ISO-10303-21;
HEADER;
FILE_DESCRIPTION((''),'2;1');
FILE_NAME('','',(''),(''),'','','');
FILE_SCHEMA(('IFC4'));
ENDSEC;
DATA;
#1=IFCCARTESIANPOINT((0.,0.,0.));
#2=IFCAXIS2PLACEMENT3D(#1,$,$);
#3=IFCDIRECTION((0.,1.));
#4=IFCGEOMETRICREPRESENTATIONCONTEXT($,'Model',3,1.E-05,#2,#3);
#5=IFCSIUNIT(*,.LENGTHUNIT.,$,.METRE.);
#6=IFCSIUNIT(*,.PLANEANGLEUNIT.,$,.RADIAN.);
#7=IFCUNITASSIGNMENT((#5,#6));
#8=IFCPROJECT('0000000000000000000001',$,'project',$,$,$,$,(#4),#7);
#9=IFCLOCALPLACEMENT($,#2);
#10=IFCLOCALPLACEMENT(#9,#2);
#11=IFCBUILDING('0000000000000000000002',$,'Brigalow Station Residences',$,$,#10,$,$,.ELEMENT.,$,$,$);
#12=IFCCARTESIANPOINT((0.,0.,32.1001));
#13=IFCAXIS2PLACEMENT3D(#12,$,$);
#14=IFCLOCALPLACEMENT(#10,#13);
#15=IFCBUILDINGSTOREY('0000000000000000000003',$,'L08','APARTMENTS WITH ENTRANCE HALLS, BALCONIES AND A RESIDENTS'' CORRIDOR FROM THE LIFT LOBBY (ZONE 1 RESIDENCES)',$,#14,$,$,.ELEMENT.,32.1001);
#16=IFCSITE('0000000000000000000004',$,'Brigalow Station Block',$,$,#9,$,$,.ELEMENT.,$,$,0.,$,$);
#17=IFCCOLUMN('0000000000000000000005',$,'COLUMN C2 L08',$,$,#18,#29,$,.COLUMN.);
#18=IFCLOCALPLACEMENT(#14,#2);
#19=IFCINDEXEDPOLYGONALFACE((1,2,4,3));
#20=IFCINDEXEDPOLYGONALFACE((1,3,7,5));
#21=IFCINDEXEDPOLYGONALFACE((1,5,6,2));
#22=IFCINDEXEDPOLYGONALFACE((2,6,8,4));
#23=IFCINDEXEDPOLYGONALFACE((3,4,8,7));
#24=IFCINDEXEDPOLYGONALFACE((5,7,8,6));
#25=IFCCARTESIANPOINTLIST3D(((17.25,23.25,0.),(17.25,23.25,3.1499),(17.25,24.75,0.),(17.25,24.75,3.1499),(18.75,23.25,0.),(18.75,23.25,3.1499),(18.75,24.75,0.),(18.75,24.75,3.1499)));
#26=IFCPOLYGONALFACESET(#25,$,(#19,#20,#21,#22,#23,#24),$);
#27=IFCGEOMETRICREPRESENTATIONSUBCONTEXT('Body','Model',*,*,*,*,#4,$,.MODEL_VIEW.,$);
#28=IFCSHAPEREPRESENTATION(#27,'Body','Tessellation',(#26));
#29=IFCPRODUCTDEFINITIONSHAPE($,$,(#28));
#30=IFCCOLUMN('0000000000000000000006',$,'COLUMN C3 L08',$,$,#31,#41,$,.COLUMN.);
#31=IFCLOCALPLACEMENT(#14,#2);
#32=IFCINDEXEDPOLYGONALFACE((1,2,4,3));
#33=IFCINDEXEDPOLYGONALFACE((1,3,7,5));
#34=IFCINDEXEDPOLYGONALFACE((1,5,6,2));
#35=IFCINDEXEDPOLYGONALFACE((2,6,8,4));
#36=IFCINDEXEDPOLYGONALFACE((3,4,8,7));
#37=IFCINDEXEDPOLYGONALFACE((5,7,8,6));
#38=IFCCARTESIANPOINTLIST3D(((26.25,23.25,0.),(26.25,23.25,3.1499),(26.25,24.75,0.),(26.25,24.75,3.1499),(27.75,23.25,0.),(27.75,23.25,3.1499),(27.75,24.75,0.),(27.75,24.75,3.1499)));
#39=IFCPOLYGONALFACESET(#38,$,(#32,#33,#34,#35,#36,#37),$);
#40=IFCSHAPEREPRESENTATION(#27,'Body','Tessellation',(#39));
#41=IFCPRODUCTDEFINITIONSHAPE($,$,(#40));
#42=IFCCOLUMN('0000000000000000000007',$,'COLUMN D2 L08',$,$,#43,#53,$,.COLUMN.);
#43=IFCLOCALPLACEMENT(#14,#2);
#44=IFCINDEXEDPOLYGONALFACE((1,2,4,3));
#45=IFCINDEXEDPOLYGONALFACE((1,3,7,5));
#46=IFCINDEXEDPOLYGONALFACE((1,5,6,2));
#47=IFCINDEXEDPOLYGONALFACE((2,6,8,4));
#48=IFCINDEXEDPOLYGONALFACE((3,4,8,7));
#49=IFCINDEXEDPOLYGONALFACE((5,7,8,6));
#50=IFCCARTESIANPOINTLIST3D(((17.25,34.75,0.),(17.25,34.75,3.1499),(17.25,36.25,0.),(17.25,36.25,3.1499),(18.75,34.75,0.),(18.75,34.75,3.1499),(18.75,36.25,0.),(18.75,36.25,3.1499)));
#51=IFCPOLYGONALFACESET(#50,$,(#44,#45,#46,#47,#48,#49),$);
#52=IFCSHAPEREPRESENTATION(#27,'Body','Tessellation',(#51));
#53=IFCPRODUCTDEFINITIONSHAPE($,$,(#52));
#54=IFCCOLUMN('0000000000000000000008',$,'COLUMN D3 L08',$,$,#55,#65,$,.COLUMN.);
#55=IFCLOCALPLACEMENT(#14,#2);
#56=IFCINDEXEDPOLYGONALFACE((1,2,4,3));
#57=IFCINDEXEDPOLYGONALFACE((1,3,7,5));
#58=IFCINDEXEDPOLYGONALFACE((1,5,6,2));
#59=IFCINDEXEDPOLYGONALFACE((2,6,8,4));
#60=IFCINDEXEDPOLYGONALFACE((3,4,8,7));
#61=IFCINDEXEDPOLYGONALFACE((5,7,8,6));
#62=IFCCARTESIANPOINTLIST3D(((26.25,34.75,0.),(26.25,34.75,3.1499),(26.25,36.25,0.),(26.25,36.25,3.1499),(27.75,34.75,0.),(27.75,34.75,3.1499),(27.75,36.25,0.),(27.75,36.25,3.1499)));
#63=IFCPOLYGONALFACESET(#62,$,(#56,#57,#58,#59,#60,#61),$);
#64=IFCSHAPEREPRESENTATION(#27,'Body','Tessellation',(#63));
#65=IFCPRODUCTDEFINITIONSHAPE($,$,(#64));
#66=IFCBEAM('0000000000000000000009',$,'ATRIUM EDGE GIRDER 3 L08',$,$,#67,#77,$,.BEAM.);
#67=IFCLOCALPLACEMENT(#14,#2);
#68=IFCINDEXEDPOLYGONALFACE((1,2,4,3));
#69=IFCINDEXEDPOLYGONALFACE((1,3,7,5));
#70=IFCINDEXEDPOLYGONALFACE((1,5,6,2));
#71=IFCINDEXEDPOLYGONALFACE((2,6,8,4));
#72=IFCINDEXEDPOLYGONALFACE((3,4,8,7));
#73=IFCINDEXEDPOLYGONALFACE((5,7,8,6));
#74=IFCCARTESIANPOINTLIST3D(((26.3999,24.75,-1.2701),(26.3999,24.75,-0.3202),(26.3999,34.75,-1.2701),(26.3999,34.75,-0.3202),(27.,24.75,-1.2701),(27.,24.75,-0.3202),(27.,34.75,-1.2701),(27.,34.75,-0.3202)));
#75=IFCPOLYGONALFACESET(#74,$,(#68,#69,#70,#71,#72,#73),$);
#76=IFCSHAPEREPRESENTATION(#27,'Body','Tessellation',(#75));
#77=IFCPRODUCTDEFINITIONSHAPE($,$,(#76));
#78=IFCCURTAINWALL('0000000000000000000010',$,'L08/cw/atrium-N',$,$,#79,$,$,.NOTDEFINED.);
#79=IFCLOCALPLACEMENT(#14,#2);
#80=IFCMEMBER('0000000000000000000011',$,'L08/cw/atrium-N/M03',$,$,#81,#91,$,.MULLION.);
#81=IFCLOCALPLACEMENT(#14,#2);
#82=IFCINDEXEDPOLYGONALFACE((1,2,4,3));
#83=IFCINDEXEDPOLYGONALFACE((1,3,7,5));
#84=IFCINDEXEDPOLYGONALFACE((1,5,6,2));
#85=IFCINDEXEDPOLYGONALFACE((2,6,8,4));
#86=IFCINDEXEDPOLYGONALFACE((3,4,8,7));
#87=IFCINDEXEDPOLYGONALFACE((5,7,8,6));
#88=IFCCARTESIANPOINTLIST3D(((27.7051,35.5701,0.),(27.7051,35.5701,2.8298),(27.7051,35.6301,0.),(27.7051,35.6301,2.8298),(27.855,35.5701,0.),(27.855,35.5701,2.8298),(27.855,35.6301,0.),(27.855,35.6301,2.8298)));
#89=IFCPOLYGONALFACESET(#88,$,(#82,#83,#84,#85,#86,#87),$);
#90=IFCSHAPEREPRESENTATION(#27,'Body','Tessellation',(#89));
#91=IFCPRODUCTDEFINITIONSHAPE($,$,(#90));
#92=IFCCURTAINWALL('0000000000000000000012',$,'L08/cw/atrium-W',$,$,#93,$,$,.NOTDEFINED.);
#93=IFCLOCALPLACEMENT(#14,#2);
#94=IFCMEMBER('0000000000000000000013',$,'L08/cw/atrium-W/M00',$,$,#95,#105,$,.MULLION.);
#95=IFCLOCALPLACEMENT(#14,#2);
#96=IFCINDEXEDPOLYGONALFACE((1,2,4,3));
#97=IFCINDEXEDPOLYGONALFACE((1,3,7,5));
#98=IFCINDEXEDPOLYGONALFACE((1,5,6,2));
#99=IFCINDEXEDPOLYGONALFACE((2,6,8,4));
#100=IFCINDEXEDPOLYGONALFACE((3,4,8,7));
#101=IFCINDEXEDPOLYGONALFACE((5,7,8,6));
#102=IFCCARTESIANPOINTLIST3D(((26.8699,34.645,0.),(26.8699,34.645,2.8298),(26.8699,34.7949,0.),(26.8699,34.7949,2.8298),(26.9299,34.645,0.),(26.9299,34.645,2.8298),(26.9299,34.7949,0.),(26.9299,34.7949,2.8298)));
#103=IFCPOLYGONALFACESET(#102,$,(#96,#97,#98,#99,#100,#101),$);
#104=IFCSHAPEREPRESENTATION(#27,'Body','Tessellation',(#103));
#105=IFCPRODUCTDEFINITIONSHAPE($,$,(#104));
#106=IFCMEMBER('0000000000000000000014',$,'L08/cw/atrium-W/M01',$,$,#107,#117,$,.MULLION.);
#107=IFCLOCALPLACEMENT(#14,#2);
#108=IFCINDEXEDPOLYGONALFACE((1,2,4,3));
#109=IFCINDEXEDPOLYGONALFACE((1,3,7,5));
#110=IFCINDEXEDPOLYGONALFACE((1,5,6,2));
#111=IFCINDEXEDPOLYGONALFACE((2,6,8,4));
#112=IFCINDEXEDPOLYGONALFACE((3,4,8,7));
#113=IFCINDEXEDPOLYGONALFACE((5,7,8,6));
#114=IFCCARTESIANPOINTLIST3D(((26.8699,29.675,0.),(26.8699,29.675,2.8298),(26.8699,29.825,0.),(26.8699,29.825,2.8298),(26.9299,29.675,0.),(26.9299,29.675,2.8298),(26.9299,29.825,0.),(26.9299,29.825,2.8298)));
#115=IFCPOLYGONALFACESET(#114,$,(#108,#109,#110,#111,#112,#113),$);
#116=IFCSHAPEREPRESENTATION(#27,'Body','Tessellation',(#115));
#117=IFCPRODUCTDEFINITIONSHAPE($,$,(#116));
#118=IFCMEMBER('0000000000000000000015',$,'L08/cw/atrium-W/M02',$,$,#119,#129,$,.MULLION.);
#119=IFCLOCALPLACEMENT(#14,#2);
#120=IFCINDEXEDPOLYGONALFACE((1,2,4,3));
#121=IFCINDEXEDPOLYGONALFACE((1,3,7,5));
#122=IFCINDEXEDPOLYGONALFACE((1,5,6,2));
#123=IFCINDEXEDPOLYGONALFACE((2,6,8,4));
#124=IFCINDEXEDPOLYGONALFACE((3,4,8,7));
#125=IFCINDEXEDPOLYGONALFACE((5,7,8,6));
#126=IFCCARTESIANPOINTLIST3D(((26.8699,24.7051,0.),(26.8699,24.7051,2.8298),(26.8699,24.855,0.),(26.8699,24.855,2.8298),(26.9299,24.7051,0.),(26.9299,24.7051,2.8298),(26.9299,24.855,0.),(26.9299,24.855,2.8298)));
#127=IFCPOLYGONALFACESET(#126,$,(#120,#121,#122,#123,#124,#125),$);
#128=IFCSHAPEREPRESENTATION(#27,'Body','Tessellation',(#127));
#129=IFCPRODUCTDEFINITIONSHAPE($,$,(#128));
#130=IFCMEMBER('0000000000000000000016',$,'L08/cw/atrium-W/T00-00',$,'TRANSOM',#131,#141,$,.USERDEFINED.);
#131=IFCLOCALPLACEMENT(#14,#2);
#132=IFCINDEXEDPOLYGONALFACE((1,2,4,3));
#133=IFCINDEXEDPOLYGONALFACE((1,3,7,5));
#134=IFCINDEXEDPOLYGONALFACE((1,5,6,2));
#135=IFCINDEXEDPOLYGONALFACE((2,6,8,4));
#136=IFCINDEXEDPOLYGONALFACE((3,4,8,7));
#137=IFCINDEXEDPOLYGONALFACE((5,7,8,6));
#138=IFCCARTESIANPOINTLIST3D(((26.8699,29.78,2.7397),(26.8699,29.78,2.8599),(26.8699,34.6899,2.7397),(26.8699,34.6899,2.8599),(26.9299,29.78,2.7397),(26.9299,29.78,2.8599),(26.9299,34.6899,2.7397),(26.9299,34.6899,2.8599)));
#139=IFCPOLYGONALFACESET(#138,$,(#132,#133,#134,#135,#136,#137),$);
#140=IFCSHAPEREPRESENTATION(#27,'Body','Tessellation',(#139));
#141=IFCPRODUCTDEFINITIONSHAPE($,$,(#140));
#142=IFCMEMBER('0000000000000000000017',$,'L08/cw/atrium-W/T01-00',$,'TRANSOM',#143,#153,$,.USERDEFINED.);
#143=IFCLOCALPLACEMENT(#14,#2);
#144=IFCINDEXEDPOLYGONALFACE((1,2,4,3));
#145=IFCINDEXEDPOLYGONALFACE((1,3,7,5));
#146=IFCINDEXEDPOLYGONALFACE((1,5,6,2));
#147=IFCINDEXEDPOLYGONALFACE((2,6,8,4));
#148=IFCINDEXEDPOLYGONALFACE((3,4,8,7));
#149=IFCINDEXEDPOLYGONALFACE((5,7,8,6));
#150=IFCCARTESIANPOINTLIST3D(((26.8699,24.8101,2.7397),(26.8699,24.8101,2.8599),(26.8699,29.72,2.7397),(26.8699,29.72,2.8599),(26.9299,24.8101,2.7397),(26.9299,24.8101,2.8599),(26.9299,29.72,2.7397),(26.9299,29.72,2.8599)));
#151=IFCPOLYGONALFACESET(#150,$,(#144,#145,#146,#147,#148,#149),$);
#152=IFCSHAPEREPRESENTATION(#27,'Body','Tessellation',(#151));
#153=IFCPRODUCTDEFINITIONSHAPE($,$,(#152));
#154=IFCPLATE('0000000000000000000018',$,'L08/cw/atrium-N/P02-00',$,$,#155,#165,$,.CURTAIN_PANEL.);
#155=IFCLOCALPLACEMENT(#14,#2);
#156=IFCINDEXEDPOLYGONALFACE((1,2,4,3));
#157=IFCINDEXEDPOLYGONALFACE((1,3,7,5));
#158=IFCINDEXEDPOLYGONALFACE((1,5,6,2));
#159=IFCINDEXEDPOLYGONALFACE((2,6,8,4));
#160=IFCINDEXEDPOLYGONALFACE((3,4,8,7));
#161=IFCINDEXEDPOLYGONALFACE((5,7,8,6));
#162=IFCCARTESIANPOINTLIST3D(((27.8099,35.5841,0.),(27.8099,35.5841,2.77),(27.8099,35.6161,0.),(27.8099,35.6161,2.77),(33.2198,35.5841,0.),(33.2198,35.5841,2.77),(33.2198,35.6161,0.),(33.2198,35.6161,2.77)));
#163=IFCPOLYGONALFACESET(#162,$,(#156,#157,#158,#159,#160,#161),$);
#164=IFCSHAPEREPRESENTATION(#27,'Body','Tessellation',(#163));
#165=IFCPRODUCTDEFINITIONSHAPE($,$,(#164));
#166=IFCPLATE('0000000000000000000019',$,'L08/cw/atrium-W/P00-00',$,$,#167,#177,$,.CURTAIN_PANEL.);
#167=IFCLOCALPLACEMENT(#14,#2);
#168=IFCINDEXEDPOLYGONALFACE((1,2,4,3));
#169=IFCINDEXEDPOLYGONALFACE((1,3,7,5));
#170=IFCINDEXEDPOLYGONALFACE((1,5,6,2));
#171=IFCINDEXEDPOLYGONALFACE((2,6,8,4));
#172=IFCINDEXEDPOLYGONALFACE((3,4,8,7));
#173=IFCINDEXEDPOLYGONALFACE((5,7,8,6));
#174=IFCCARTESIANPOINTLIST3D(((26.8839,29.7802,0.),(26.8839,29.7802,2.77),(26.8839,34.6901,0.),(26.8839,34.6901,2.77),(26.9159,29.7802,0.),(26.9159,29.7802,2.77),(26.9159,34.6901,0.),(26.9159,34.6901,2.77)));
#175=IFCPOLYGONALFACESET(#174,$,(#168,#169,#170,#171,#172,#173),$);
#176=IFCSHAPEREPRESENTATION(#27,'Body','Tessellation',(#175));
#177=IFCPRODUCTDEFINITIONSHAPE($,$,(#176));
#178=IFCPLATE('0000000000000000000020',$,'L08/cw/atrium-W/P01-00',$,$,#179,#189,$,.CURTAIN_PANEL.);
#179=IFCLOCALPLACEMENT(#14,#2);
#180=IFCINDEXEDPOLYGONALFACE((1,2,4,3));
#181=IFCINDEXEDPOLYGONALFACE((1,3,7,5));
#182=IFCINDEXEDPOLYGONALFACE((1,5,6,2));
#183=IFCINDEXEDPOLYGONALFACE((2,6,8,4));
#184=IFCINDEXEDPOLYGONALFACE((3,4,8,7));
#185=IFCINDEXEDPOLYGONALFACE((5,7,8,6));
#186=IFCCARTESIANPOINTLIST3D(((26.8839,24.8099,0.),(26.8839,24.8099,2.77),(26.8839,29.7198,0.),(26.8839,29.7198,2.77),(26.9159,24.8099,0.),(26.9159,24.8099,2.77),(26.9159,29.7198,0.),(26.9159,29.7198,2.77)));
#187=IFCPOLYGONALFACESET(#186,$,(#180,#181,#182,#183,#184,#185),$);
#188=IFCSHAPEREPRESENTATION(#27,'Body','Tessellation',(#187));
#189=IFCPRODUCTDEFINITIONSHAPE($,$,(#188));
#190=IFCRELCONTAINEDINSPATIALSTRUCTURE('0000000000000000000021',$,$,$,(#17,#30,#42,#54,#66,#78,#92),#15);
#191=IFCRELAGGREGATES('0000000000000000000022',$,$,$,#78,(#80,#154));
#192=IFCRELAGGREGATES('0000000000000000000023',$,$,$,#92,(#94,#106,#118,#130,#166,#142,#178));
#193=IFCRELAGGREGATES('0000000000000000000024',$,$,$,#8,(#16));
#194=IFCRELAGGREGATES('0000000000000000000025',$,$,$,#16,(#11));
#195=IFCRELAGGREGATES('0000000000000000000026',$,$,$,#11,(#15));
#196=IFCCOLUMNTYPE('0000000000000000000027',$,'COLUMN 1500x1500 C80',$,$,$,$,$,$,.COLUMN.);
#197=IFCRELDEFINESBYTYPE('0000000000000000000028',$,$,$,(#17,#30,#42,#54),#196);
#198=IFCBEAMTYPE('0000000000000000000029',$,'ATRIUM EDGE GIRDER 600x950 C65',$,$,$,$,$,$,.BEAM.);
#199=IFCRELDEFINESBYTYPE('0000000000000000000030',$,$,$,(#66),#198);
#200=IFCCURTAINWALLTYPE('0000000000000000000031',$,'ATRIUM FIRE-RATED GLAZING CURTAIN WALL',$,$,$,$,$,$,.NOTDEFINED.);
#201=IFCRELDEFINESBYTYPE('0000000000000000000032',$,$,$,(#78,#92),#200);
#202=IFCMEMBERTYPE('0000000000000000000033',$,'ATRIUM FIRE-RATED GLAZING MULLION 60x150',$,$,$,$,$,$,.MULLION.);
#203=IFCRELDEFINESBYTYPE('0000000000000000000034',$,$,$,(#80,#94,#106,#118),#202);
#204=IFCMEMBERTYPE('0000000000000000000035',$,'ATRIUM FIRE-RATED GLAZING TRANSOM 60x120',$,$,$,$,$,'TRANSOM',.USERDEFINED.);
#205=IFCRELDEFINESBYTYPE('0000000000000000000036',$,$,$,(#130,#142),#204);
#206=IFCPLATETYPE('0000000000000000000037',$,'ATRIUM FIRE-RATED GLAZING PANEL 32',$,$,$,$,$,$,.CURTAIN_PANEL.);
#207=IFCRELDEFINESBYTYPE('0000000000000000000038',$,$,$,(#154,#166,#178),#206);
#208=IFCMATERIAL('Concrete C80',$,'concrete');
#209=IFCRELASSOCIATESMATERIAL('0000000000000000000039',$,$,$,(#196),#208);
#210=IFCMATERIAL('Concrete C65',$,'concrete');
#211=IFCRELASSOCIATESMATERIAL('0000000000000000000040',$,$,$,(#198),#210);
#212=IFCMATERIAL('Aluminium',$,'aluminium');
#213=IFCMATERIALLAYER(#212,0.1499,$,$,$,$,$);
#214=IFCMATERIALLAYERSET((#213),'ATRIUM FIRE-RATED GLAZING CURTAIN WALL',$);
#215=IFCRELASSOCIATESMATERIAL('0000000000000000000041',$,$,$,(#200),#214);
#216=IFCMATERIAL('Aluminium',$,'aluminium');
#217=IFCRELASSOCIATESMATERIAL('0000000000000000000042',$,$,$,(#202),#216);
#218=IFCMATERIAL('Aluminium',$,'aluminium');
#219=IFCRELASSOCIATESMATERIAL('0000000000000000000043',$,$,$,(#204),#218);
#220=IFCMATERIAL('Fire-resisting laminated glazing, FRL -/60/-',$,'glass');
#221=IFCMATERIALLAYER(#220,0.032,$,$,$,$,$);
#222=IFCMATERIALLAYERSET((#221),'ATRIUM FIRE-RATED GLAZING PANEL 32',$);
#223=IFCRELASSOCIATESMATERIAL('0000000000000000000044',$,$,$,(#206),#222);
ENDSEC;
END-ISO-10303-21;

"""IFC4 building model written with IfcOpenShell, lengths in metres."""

from ifc_helpers import new_model, si_unit, direction, frame, origin, origin_2d, place, context, subcontext, project, spatial, rectangle, extrude, material, layer, layer_set, material_profile, profile_set, type_object, element, aggregate, save


model = new_model("IFC4")

# Units and contexts
model_context = context("Model", 3, precision=1e-05, world=origin(), true_north=direction((0.0, 1.0)))
body_context = subcontext(model_context, "Body", "Model", "MODEL_VIEW")
ifc_project = project(units=[si_unit("LENGTHUNIT", "METRE"), si_unit("PLANEANGLEUNIT", "RADIAN")], contexts=[model_context])

# Site, building, storey
site_placement = place(None, origin())
site = spatial("IfcSite", under=ifc_project, at=site_placement, Name="Brigalow Station Block", CompositionType="ELEMENT", RefElevation=0.0)
building_placement = place(site_placement, origin())
building = spatial("IfcBuilding", under=site, at=building_placement, Name="Brigalow Station Residences", CompositionType="ELEMENT")
storey_placement = place(building_placement, frame((0.0, 0.0, 32.1001)))
storey = spatial("IfcBuildingStorey", under=building, at=storey_placement, Name="L08", Description="APARTMENTS WITH ENTRANCE HALLS, BALCONIES AND A RESIDENTS' CORRIDOR FROM THE LIFT LOBBY (ZONE 1 RESIDENCES)", CompositionType="ELEMENT", Elevation=32.1001)

# Columns
ifc_material_1 = material(Name="Concrete C80", Category="concrete")
ifc_material_profile_1 = material_profile(ifc_material_1, rectangle(XDim=1.5, YDim=1.5, at=origin_2d()), Name="RC1500x1500")
ifc_profile_set_1 = profile_set([ifc_material_profile_1], Name="Concrete C80")
column_type = type_object("IfcColumnType", Name="COLUMN 1500x1500 C80", PredefinedType="COLUMN", material=ifc_profile_set_1)
for number, where, z_axis, x_axis, name in (
    (1, (18.0, 24.0, 0.0), (0.0, 0.0, 1.0), (1.0, 0.0, 0.0), "COLUMN C2 L08"),
    (2, (27.0, 24.0, 0.0), (0.0, 0.0, 1.0), (1.0, 0.0, 0.0), "COLUMN C3 L08"),
    (3, (18.0, 35.5, 0.0), (0.0, 0.0, 1.0), (1.0, 0.0, 0.0), "COLUMN D2 L08"),
    (4, (27.0, 35.5, 0.0), (0.0, 0.0, 1.0), (1.0, 0.0, 0.0), "COLUMN D3 L08"),
):
    element("IfcColumn", number, at=place(storey_placement, frame(where, z_axis=z_axis, x_axis=x_axis)), inside=storey, type_object=column_type, Name=name, PredefinedType="COLUMN", context=body_context, shape_type="SweptSolid", body=[
        extrude(rectangle(XDim=1.5, YDim=1.5, at=origin_2d()), origin(), (0.0, 0.0, 1.0), 3.1499),
    ])

# Beam
ifc_material_2 = material(Name="Concrete C65", Category="concrete")
ifc_material_profile_2 = material_profile(ifc_material_2, rectangle(XDim=0.6001, YDim=0.95, at=origin_2d()), Name="RC600x950")
ifc_profile_set_2 = profile_set([ifc_material_profile_2], Name="Concrete C65")
beam_type = type_object("IfcBeamType", Name="ATRIUM EDGE GIRDER 600x950 C65", PredefinedType="BEAM", material=ifc_profile_set_2)
beam_placement = place(storey_placement, frame((26.7, 24.75, -0.7952), z_axis=(0.0, 1.0, 0.0), x_axis=(-1.0, 0.0, 0.0)))
element("IfcBeam", 5, at=beam_placement, inside=storey, type_object=beam_type, Name="ATRIUM EDGE GIRDER 3 L08", PredefinedType="BEAM", context=body_context, shape_type="SweptSolid", body=[
    extrude(rectangle(XDim=0.6001, YDim=0.95, at=origin_2d()), origin(), (0.0, 0.0, 1.0), 10.0),
])

# Curtain wall, member
ifc_material_3 = material(Name="Aluminium", Category="aluminium")
ifc_layer_1 = layer(ifc_material_3, 0.1499)
ifc_layer_set_1 = layer_set([ifc_layer_1], Name="ATRIUM FIRE-RATED GLAZING CURTAIN WALL")
curtain_wall_type = type_object("IfcCurtainWallType", Name="ATRIUM FIRE-RATED GLAZING CURTAIN WALL", PredefinedType="NOTDEFINED", material=ifc_layer_set_1)
curtain_wall_1_placement = place(storey_placement, origin())
curtain_wall_1 = element("IfcCurtainWall", 6, at=curtain_wall_1_placement, inside=storey, type_object=curtain_wall_type, Name="L08/cw/atrium-N", PredefinedType="NOTDEFINED")
ifc_material_4 = material(Name="Aluminium", Category="aluminium")
ifc_material_profile_3 = material_profile(ifc_material_4, rectangle(XDim=0.0601, YDim=0.1499, at=origin_2d()), Name="ATRIUM FIRE-RATED GLAZING MULLION 60x150")
ifc_profile_set_3 = profile_set([ifc_material_profile_3], Name="Aluminium")
member_type_1 = type_object("IfcMemberType", Name="ATRIUM FIRE-RATED GLAZING MULLION 60x150", PredefinedType="MULLION", material=ifc_profile_set_3)
member_1_placement = place(storey_placement, frame((27.78, 35.6001, 0.0), z_axis=(0.0, 0.0, 1.0), x_axis=(0.0, -1.0, 0.0)))
member_1 = element("IfcMember", 7, at=member_1_placement, type_object=member_type_1, Name="L08/cw/atrium-N/M03", PredefinedType="MULLION", context=body_context, shape_type="SweptSolid", body=[
    extrude(rectangle(XDim=0.0601, YDim=0.1499, at=origin_2d()), origin(), (0.0, 0.0, 1.0), 2.8298),
])

# Curtain wall, members
curtain_wall_2_placement = place(storey_placement, origin())
curtain_wall_2 = element("IfcCurtainWall", 8, at=curtain_wall_2_placement, inside=storey, type_object=curtain_wall_type, Name="L08/cw/atrium-W", PredefinedType="NOTDEFINED")
member_2_placement = place(storey_placement, frame((26.8999, 34.72, 0.0), z_axis=(0.0, 0.0, 1.0), x_axis=(1.0, 0.0, 0.0)))
member_2 = element("IfcMember", 9, at=member_2_placement, type_object=member_type_1, Name="L08/cw/atrium-W/M00", PredefinedType="MULLION", context=body_context, shape_type="SweptSolid", body=[
    extrude(rectangle(XDim=0.0601, YDim=0.1499, at=origin_2d()), origin(), (0.0, 0.0, 1.0), 2.8298),
])
member_3_placement = place(storey_placement, frame((26.8999, 29.75, 0.0), z_axis=(0.0, 0.0, 1.0), x_axis=(1.0, 0.0, 0.0)))
member_3 = element("IfcMember", 10, at=member_3_placement, type_object=member_type_1, Name="L08/cw/atrium-W/M01", PredefinedType="MULLION", context=body_context, shape_type="SweptSolid", body=[
    extrude(rectangle(XDim=0.0601, YDim=0.1499, at=origin_2d()), origin(), (0.0, 0.0, 1.0), 2.8298),
])
member_4_placement = place(storey_placement, frame((26.8999, 24.78, 0.0), z_axis=(0.0, 0.0, 1.0), x_axis=(1.0, 0.0, 0.0)))
member_4 = element("IfcMember", 11, at=member_4_placement, type_object=member_type_1, Name="L08/cw/atrium-W/M02", PredefinedType="MULLION", context=body_context, shape_type="SweptSolid", body=[
    extrude(rectangle(XDim=0.0601, YDim=0.1499, at=origin_2d()), origin(), (0.0, 0.0, 1.0), 2.8298),
])
ifc_material_5 = material(Name="Aluminium", Category="aluminium")
ifc_material_profile_4 = material_profile(ifc_material_5, rectangle(XDim=0.0601, YDim=0.1201, at=origin_2d()), Name="ATRIUM FIRE-RATED GLAZING TRANSOM 60x120")
ifc_profile_set_4 = profile_set([ifc_material_profile_4], Name="Aluminium")
member_type_2 = type_object("IfcMemberType", Name="ATRIUM FIRE-RATED GLAZING TRANSOM 60x120", ElementType="TRANSOM", PredefinedType="USERDEFINED", material=ifc_profile_set_4)
member_5_placement = place(storey_placement, frame((26.8999, 34.6899, 2.7998), z_axis=(0.0, -1.0, 0.0), x_axis=(1.0, 0.0, 0.0)))
member_5 = element("IfcMember", 12, at=member_5_placement, type_object=member_type_2, Name="L08/cw/atrium-W/T00-00", ObjectType="TRANSOM", PredefinedType="USERDEFINED", context=body_context, shape_type="SweptSolid", body=[
    extrude(rectangle(XDim=0.0601, YDim=0.1201, at=origin_2d()), origin(), (0.0, 0.0, 1.0), 4.9099),
])
member_6_placement = place(storey_placement, frame((26.8999, 29.72, 2.7998), z_axis=(0.0, -1.0, 0.0), x_axis=(1.0, 0.0, 0.0)))
member_6 = element("IfcMember", 13, at=member_6_placement, type_object=member_type_2, Name="L08/cw/atrium-W/T01-00", ObjectType="TRANSOM", PredefinedType="USERDEFINED", context=body_context, shape_type="SweptSolid", body=[
    extrude(rectangle(XDim=0.0601, YDim=0.1201, at=origin_2d()), origin(), (0.0, 0.0, 1.0), 4.9099),
])

# Plates
ifc_material_6 = material(Name="Fire-resisting laminated glazing, FRL -/60/-", Category="glass")
ifc_layer_2 = layer(ifc_material_6, 0.032)
ifc_layer_set_2 = layer_set([ifc_layer_2], Name="ATRIUM FIRE-RATED GLAZING PANEL 32")
plate_type = type_object("IfcPlateType", Name="ATRIUM FIRE-RATED GLAZING PANEL 32", PredefinedType="CURTAIN_PANEL", material=ifc_layer_set_2)
plate_1_placement = place(storey_placement, frame((30.5149, 35.6001, 0.0), z_axis=(0.0, 0.0, 1.0), x_axis=(-1.0, 0.0, 0.0)))
plate_1 = element("IfcPlate", 14, at=plate_1_placement, type_object=plate_type, Name="L08/cw/atrium-N/P02-00", PredefinedType="CURTAIN_PANEL", context=body_context, shape_type="SweptSolid", body=[
    extrude(rectangle(XDim=5.4099, YDim=0.032, at=origin_2d()), origin(), (0.0, 0.0, 1.0), 2.77),
])
aggregate(curtain_wall_1, [member_1, plate_1])
plate_2_placement = place(storey_placement, frame((26.8999, 32.2351, 0.0), z_axis=(0.0, 0.0, 1.0), x_axis=(0.0, -1.0, 0.0)))
plate_2 = element("IfcPlate", 15, at=plate_2_placement, type_object=plate_type, Name="L08/cw/atrium-W/P00-00", PredefinedType="CURTAIN_PANEL", context=body_context, shape_type="SweptSolid", body=[
    extrude(rectangle(XDim=4.9099, YDim=0.032, at=origin_2d()), origin(), (0.0, 0.0, 1.0), 2.77),
])
plate_3_placement = place(storey_placement, frame((26.8999, 27.2649, 0.0), z_axis=(0.0, 0.0, 1.0), x_axis=(0.0, -1.0, 0.0)))
plate_3 = element("IfcPlate", 16, at=plate_3_placement, type_object=plate_type, Name="L08/cw/atrium-W/P01-00", PredefinedType="CURTAIN_PANEL", context=body_context, shape_type="SweptSolid", body=[
    extrude(rectangle(XDim=4.9099, YDim=0.032, at=origin_2d()), origin(), (0.0, 0.0, 1.0), 2.77),
])
aggregate(curtain_wall_2, [member_2, member_3, member_4, member_5, plate_2, member_6, plate_3])

save(model, "model.ifc")
